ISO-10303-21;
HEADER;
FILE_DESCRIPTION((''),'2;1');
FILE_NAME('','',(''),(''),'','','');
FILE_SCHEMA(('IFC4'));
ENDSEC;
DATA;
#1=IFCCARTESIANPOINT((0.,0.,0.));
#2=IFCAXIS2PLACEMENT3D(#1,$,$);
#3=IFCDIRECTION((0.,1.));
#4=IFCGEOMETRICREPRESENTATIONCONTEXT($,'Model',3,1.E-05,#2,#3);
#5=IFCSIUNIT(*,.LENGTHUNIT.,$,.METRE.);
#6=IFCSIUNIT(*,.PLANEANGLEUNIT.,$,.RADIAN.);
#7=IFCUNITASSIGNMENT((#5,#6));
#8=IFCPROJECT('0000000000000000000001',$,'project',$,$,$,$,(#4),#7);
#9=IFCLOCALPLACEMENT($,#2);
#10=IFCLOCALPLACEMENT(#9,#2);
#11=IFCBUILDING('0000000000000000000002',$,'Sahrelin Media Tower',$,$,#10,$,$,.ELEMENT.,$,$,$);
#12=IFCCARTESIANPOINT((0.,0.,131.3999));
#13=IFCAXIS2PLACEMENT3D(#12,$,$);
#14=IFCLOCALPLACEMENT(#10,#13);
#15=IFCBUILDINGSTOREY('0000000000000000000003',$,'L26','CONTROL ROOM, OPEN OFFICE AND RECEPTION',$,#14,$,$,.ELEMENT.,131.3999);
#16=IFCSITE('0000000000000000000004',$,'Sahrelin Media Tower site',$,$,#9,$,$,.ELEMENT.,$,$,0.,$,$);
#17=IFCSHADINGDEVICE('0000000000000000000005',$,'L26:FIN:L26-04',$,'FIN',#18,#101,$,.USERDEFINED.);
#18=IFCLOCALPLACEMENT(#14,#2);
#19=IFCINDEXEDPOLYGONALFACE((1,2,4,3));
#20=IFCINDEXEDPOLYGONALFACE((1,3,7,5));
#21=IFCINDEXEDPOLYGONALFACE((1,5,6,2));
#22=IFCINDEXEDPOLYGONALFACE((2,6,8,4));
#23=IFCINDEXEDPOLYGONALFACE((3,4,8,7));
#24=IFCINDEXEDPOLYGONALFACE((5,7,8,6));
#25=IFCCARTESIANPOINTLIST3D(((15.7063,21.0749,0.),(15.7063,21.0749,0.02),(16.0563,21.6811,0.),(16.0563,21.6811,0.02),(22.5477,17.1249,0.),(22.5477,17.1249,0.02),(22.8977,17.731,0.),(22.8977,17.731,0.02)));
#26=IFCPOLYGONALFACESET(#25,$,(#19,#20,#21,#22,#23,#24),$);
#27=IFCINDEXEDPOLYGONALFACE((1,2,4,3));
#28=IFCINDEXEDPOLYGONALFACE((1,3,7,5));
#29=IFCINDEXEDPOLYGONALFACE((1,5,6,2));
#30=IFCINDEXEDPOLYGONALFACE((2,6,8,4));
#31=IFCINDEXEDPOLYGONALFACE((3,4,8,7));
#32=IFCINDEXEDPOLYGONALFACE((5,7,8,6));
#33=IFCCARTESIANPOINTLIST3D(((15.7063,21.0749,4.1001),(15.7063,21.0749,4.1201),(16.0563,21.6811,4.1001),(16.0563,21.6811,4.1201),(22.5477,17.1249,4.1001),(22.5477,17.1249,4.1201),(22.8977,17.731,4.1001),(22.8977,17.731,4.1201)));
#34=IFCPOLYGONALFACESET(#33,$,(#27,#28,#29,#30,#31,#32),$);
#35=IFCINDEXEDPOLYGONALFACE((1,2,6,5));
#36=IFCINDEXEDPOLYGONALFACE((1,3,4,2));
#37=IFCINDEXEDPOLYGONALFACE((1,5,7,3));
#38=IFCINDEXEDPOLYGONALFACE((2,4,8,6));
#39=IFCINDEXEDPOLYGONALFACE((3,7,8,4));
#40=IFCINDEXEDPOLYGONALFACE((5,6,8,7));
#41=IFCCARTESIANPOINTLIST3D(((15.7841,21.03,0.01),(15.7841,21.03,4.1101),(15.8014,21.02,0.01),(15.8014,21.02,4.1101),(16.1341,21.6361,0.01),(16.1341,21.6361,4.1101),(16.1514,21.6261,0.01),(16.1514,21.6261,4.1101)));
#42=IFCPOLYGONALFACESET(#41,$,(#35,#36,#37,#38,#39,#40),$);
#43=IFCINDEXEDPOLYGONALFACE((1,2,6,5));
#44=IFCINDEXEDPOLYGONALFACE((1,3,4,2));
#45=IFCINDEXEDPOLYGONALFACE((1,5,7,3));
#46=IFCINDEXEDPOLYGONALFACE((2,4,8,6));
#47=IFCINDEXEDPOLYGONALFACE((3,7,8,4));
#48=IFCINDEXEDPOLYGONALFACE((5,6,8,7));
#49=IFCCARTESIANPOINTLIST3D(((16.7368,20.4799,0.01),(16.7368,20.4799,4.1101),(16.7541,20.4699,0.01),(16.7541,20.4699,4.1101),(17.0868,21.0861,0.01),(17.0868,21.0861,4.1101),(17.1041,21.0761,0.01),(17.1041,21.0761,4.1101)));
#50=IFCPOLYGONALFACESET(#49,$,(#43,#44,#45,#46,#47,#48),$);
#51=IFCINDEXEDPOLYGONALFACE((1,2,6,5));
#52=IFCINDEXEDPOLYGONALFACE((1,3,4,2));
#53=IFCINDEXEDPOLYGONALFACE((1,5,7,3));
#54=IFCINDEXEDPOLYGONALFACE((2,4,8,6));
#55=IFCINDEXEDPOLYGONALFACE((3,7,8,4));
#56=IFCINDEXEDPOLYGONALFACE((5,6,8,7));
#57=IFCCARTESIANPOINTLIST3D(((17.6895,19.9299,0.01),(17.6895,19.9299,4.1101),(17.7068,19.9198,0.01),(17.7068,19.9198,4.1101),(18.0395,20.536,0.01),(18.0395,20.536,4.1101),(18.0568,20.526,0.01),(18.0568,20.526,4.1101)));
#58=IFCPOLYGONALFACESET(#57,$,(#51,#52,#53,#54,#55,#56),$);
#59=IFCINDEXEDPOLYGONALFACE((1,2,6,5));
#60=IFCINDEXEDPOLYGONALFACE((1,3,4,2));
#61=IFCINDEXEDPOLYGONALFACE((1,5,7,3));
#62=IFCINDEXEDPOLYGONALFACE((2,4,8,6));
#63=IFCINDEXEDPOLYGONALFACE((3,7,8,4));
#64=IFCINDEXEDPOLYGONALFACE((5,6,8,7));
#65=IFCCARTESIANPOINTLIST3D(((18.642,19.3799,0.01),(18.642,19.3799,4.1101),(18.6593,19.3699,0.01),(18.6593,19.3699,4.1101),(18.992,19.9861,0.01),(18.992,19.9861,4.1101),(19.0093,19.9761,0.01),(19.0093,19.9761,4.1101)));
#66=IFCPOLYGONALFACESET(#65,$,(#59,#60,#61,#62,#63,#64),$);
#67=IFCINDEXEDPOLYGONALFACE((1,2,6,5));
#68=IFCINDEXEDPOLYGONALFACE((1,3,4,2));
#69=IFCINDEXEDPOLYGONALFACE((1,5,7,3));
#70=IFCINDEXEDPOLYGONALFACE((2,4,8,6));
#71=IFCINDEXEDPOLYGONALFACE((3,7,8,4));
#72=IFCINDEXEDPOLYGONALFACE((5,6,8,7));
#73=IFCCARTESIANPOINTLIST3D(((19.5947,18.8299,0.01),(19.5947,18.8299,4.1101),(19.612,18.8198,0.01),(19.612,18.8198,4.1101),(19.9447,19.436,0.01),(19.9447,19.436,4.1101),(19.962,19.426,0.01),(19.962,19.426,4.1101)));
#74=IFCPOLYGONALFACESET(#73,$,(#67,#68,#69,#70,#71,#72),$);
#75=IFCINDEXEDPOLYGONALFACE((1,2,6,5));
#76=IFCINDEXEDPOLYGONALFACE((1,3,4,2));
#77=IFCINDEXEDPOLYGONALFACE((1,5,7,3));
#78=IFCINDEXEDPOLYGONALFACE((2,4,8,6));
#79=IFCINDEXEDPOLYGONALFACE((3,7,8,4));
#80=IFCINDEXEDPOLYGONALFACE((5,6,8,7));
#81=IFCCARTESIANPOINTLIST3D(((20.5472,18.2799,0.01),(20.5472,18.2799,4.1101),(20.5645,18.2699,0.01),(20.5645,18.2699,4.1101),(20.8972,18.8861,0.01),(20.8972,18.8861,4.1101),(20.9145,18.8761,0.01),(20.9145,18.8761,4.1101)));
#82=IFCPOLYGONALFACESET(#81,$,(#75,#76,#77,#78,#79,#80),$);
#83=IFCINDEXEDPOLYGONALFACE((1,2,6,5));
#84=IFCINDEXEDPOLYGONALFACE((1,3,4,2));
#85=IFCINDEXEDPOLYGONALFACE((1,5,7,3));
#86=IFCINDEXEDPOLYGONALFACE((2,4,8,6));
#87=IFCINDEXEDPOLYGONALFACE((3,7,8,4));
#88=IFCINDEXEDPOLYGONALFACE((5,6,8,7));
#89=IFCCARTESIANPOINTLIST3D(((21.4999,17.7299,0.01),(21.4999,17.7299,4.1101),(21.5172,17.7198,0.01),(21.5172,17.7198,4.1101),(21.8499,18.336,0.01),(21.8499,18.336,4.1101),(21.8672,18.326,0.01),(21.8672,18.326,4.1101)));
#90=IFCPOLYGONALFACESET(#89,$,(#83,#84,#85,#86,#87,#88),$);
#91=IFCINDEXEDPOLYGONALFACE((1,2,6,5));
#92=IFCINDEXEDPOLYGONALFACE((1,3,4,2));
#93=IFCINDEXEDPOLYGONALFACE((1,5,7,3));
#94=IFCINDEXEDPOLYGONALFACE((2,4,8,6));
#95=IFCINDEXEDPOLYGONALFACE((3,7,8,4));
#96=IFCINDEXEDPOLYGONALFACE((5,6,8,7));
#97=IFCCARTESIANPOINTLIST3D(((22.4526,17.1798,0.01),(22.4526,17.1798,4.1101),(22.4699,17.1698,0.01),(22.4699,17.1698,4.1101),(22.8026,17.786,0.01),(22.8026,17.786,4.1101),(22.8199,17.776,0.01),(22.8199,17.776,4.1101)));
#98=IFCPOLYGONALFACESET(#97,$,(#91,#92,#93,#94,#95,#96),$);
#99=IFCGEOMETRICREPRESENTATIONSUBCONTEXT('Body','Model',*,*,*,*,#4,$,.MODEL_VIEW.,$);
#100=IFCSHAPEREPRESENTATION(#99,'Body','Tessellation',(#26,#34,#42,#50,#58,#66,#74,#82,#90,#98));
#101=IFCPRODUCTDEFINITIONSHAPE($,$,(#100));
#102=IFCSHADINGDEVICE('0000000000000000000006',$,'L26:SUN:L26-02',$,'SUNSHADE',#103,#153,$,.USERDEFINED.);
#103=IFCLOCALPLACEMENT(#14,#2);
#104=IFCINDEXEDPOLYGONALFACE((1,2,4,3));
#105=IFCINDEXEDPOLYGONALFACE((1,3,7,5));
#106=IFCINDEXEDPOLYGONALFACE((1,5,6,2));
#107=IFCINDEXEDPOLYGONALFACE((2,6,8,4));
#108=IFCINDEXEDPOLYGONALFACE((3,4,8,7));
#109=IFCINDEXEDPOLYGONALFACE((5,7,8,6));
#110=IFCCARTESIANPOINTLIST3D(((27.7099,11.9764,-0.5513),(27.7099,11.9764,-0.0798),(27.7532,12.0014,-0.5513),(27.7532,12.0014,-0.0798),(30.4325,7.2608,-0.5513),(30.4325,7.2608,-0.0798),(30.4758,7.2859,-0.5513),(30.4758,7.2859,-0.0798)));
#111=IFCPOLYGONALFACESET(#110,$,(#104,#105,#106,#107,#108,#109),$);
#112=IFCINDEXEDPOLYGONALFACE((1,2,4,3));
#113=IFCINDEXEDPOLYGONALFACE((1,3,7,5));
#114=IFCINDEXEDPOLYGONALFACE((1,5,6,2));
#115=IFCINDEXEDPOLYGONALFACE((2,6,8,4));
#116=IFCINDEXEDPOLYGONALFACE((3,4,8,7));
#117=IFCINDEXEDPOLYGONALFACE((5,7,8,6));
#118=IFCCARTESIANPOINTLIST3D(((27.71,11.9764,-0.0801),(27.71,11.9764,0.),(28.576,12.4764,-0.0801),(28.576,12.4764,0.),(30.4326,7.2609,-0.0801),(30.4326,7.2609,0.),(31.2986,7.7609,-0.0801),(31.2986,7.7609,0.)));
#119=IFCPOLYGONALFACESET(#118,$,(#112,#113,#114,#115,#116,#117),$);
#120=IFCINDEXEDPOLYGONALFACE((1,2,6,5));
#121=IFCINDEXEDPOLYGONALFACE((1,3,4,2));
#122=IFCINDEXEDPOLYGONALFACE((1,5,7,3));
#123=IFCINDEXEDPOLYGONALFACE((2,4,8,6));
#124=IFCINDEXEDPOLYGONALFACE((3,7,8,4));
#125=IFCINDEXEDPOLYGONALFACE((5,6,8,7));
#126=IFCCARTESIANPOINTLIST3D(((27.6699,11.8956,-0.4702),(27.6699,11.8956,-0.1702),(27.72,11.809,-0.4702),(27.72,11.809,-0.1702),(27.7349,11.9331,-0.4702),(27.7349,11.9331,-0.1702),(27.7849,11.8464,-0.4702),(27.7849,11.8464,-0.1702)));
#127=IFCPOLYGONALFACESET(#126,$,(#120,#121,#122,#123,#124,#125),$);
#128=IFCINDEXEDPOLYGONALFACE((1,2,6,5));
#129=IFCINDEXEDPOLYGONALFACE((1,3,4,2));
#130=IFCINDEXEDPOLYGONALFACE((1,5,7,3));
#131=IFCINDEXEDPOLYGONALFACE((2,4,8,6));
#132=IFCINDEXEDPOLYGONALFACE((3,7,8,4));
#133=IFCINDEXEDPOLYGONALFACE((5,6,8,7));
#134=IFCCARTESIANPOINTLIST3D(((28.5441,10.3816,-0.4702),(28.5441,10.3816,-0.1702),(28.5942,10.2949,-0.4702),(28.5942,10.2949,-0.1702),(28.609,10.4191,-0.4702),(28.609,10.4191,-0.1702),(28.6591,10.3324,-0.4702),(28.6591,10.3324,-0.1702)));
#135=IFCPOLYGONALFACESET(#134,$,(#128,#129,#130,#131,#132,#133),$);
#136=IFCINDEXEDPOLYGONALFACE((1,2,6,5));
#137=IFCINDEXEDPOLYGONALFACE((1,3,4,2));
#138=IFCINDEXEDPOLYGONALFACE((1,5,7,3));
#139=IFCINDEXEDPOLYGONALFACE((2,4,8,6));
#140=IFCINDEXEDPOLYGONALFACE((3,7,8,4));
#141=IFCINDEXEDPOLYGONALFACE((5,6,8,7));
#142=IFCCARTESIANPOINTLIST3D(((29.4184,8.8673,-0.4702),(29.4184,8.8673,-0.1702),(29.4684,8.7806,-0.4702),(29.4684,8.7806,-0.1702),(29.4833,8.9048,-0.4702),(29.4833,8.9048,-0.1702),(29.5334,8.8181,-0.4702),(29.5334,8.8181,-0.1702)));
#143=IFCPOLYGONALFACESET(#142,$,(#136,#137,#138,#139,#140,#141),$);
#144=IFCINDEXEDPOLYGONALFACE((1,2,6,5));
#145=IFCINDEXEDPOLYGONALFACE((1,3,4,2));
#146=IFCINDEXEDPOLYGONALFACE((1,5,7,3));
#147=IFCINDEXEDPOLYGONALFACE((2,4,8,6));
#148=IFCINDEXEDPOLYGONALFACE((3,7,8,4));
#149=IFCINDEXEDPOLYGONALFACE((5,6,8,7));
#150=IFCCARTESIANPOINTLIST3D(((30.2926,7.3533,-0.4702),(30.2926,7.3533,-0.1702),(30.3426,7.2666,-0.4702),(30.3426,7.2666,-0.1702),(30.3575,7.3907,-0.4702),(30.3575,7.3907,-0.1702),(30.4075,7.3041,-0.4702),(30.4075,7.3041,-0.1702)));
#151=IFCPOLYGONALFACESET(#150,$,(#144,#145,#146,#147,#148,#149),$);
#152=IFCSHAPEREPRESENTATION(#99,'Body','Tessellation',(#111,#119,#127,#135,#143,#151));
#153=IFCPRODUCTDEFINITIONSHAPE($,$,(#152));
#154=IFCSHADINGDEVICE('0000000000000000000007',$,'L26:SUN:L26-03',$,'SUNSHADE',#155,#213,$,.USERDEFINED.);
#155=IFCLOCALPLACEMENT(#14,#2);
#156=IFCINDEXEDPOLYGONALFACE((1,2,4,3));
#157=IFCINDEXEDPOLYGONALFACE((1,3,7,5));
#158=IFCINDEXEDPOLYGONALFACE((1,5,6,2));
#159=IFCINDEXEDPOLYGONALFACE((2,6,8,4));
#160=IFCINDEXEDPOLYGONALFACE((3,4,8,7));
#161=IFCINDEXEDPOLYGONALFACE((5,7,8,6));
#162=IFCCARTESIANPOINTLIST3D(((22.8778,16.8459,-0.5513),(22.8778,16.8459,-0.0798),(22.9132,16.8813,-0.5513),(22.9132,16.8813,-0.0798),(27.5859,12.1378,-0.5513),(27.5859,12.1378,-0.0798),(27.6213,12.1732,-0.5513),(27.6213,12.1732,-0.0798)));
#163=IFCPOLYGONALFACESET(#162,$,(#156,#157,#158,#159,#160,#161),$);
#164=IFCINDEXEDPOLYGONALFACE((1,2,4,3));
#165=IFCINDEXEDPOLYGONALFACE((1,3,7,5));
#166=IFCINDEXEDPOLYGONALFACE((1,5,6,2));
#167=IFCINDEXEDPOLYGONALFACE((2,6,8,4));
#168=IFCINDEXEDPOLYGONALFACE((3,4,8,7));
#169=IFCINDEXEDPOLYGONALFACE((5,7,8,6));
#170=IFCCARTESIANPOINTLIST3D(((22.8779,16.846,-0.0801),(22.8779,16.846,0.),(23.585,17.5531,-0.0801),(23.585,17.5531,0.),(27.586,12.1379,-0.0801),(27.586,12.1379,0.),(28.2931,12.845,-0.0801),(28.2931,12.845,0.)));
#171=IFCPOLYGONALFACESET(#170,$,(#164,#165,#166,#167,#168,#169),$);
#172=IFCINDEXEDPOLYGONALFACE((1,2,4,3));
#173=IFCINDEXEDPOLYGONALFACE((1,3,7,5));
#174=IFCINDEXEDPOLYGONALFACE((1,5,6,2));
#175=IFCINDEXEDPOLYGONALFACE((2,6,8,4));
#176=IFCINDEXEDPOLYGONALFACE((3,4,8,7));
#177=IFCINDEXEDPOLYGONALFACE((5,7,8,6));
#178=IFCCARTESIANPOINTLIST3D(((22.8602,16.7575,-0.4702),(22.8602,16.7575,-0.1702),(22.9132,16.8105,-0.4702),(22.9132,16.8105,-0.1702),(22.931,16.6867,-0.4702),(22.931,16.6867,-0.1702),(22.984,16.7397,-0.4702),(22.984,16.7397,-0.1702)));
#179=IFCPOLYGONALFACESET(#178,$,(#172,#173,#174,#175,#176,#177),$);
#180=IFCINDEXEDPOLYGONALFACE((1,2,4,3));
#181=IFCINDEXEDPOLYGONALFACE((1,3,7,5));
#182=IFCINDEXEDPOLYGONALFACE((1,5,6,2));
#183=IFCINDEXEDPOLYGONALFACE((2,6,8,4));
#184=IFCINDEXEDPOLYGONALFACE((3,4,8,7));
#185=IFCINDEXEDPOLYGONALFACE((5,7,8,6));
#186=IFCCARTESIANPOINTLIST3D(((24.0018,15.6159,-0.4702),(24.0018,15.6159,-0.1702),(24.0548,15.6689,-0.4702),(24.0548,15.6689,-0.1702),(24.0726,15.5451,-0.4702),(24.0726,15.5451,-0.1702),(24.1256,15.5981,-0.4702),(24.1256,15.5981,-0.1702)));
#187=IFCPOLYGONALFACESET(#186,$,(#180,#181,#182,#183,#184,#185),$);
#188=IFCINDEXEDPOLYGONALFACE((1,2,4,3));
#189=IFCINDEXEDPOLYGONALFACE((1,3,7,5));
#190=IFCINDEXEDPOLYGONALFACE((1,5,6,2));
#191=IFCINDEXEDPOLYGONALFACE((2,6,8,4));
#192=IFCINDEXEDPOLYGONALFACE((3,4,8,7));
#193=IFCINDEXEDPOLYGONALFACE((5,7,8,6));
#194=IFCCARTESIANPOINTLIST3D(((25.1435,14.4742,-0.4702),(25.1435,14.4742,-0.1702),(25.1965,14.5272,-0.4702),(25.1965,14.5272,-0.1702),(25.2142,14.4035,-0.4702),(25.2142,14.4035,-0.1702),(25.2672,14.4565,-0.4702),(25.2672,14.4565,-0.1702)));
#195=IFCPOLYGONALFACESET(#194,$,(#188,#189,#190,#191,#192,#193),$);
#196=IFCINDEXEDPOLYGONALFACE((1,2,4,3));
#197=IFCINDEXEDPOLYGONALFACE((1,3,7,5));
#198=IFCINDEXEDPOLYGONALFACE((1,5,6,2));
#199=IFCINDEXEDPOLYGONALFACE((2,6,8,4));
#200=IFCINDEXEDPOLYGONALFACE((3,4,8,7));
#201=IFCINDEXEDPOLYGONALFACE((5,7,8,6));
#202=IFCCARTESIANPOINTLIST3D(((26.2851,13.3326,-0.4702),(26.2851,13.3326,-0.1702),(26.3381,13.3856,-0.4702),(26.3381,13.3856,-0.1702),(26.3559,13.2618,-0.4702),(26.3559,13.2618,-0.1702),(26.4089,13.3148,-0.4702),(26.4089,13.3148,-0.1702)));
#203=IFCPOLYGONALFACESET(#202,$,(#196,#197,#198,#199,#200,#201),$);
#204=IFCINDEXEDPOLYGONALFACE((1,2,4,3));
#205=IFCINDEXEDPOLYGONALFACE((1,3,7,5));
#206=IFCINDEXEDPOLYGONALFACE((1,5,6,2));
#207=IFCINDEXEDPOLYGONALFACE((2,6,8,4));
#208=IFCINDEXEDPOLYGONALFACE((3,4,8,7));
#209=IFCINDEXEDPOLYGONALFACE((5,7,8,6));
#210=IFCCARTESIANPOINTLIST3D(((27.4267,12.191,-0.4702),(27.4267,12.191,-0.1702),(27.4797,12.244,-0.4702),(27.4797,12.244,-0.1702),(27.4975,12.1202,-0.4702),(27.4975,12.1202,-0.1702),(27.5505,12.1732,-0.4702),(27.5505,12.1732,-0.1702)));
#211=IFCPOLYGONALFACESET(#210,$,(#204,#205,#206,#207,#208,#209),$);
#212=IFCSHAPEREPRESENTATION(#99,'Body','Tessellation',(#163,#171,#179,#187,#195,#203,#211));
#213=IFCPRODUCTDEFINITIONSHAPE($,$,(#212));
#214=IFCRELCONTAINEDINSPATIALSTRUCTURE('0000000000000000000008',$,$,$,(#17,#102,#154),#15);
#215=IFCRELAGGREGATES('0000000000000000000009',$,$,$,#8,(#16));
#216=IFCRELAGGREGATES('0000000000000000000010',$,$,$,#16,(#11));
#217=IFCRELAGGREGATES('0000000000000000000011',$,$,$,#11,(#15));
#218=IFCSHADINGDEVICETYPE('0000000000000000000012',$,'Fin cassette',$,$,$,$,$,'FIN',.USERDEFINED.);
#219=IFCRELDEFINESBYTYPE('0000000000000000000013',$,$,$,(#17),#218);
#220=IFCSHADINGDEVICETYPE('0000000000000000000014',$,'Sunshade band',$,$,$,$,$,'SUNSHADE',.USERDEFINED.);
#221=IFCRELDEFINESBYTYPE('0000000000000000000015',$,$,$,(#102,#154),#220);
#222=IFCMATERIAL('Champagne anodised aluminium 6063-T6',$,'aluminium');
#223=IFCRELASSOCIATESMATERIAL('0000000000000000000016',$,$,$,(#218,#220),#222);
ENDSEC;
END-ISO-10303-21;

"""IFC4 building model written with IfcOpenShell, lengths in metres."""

from ifc_helpers import new_model, si_unit, direction, frame, origin, origin_2d, place, context, subcontext, project, spatial, rectangle, extrude, material, type_object, element, save


model = new_model("IFC4")

# Units and contexts
model_context = context("Model", 3, precision=1e-05, world=origin(), true_north=direction((0.0, 1.0)))
body_context = subcontext(model_context, "Body", "Model", "MODEL_VIEW")
ifc_project = project(units=[si_unit("LENGTHUNIT", "METRE"), si_unit("PLANEANGLEUNIT", "RADIAN")], contexts=[model_context])

# Site, building, storey
site_placement = place(None, origin())
site = spatial("IfcSite", under=ifc_project, at=site_placement, Name="Sahrelin Media Tower site", CompositionType="ELEMENT", RefElevation=0.0)
building_placement = place(site_placement, origin())
building = spatial("IfcBuilding", under=site, at=building_placement, Name="Sahrelin Media Tower", CompositionType="ELEMENT")
storey_placement = place(building_placement, frame((0.0, 0.0, 131.3999)))
storey = spatial("IfcBuildingStorey", under=building, at=storey_placement, Name="L26", Description="CONTROL ROOM, OPEN OFFICE AND RECEPTION", CompositionType="ELEMENT", Elevation=131.3999)

# Shared definitions
ifc_material_1 = material(Name="Champagne anodised aluminium 6063-T6", Category="aluminium")

# Shading devices
shading_device_type_1 = type_object("IfcShadingDeviceType", Name="Fin cassette", ElementType="FIN", PredefinedType="USERDEFINED", material=ifc_material_1)
placement_1 = place(storey_placement, frame((29.054, 9.6086, 0.0), z_axis=(0.0, 0.0, 1.0), x_axis=(0.500011, -0.866019, 0.0)))
placement_2 = place(storey_placement, frame((25.2178, 14.4778, 0.0), z_axis=(0.0, 0.0, 1.0), x_axis=(0.707107, -0.707107, 0.0)))
placement_3 = place(storey_placement, frame((19.092, 19.0393, 0.0), z_axis=(0.0, 0.0, 1.0), x_axis=(0.866019, -0.500011, 0.0)))
element("IfcShadingDevice", 1, at=placement_3, inside=storey, type_object=shading_device_type_1, Name="L26:FIN:L26-04", ObjectType="FIN", PredefinedType="USERDEFINED", context=body_context, shape_type="SweptSolid", body=[
    extrude(rectangle(XDim=7.8999, YDim=0.7, at=origin_2d()), frame((0.0, 0.4199, 0.0)), (0.0, 0.0, 1.0), 0.02),
    extrude(rectangle(XDim=7.8999, YDim=0.7, at=origin_2d()), frame((0.0, 0.4199, 4.1001)), (0.0, 0.0, 1.0), 0.02),
    extrude(rectangle(XDim=0.02, YDim=0.7, at=origin_2d()), frame((-3.8501, 0.4199, 0.01), z_axis=(0.0, 0.0, 1.0), x_axis=(1.0, 0.0, 0.0)), (0.0, 0.0, 1.0), 4.1001),
    extrude(rectangle(XDim=0.02, YDim=0.7, at=origin_2d()), frame((-2.75, 0.4199, 0.01), z_axis=(0.0, 0.0, 1.0), x_axis=(1.0, 0.0, 0.0)), (0.0, 0.0, 1.0), 4.1001),
    extrude(rectangle(XDim=0.02, YDim=0.7, at=origin_2d()), frame((-1.6499, 0.4199, 0.01), z_axis=(0.0, 0.0, 1.0), x_axis=(1.0, 0.0, 0.0)), (0.0, 0.0, 1.0), 4.1001),
    extrude(rectangle(XDim=0.02, YDim=0.7, at=origin_2d()), frame((-0.55, 0.4199, 0.01), z_axis=(0.0, 0.0, 1.0), x_axis=(1.0, 0.0, 0.0)), (0.0, 0.0, 1.0), 4.1001),
    extrude(rectangle(XDim=0.02, YDim=0.7, at=origin_2d()), frame((0.55, 0.4199, 0.01), z_axis=(0.0, 0.0, 1.0), x_axis=(1.0, 0.0, 0.0)), (0.0, 0.0, 1.0), 4.1001),
    extrude(rectangle(XDim=0.02, YDim=0.7, at=origin_2d()), frame((1.6499, 0.4199, 0.01), z_axis=(0.0, 0.0, 1.0), x_axis=(1.0, 0.0, 0.0)), (0.0, 0.0, 1.0), 4.1001),
    extrude(rectangle(XDim=0.02, YDim=0.7, at=origin_2d()), frame((2.75, 0.4199, 0.01), z_axis=(0.0, 0.0, 1.0), x_axis=(1.0, 0.0, 0.0)), (0.0, 0.0, 1.0), 4.1001),
    extrude(rectangle(XDim=0.02, YDim=0.7, at=origin_2d()), frame((3.8501, 0.4199, 0.01), z_axis=(0.0, 0.0, 1.0), x_axis=(1.0, 0.0, 0.0)), (0.0, 0.0, 1.0), 4.1001),
])
shading_device_type_2 = type_object("IfcShadingDeviceType", Name="Sunshade band", ElementType="SUNSHADE", PredefinedType="USERDEFINED", material=ifc_material_1)
element("IfcShadingDevice", 2, at=placement_1, inside=storey, type_object=shading_device_type_2, Name="L26:SUN:L26-02", ObjectType="SUNSHADE", PredefinedType="USERDEFINED", context=body_context, shape_type="SweptSolid", body=[
    extrude(rectangle(XDim=5.4451, YDim=0.05, at=origin_2d()), frame((0.0, 0.0449, -0.5513)), (0.0, 0.0, 1.0), 0.4714),
    extrude(rectangle(XDim=5.4451, YDim=1.0, at=origin_2d()), frame((0.0, 0.52, -0.0801)), (0.0, 0.0, 1.0), 0.0801),
    extrude(rectangle(XDim=0.1001, YDim=0.075, at=origin_2d()), frame((-2.6226, -0.0176, -0.4702)), (0.0, 0.0, 1.0), 0.3),
    extrude(rectangle(XDim=0.1001, YDim=0.075, at=origin_2d()), frame((-0.8743, -0.0176, -0.4702)), (0.0, 0.0, 1.0), 0.3),
    extrude(rectangle(XDim=0.1001, YDim=0.075, at=origin_2d()), frame((0.8743, -0.0176, -0.4702)), (0.0, 0.0, 1.0), 0.3),
    extrude(rectangle(XDim=0.1001, YDim=0.075, at=origin_2d()), frame((2.6226, -0.0176, -0.4702)), (0.0, 0.0, 1.0), 0.3),
])
element("IfcShadingDevice", 3, at=placement_2, inside=storey, type_object=shading_device_type_2, Name="L26:SUN:L26-03", ObjectType="SUNSHADE", PredefinedType="USERDEFINED", context=body_context, shape_type="SweptSolid", body=[
    extrude(rectangle(XDim=6.6582, YDim=0.05, at=origin_2d()), frame((0.0, 0.0449, -0.5513)), (0.0, 0.0, 1.0), 0.4714),
    extrude(rectangle(XDim=6.6582, YDim=1.0, at=origin_2d()), frame((0.0, 0.52, -0.0801)), (0.0, 0.0, 1.0), 0.0801),
    extrude(rectangle(XDim=0.1001, YDim=0.075, at=origin_2d()), frame((-3.229, -0.0176, -0.4702)), (0.0, 0.0, 1.0), 0.3),
    extrude(rectangle(XDim=0.1001, YDim=0.075, at=origin_2d()), frame((-1.6145, -0.0176, -0.4702)), (0.0, 0.0, 1.0), 0.3),
    extrude(rectangle(XDim=0.1001, YDim=0.075, at=origin_2d()), frame((0.0, -0.0176, -0.4702)), (0.0, 0.0, 1.0), 0.3),
    extrude(rectangle(XDim=0.1001, YDim=0.075, at=origin_2d()), frame((1.6145, -0.0176, -0.4702)), (0.0, 0.0, 1.0), 0.3),
    extrude(rectangle(XDim=0.1001, YDim=0.075, at=origin_2d()), frame((3.229, -0.0176, -0.4702)), (0.0, 0.0, 1.0), 0.3),
])

save(model, "model.ifc")
